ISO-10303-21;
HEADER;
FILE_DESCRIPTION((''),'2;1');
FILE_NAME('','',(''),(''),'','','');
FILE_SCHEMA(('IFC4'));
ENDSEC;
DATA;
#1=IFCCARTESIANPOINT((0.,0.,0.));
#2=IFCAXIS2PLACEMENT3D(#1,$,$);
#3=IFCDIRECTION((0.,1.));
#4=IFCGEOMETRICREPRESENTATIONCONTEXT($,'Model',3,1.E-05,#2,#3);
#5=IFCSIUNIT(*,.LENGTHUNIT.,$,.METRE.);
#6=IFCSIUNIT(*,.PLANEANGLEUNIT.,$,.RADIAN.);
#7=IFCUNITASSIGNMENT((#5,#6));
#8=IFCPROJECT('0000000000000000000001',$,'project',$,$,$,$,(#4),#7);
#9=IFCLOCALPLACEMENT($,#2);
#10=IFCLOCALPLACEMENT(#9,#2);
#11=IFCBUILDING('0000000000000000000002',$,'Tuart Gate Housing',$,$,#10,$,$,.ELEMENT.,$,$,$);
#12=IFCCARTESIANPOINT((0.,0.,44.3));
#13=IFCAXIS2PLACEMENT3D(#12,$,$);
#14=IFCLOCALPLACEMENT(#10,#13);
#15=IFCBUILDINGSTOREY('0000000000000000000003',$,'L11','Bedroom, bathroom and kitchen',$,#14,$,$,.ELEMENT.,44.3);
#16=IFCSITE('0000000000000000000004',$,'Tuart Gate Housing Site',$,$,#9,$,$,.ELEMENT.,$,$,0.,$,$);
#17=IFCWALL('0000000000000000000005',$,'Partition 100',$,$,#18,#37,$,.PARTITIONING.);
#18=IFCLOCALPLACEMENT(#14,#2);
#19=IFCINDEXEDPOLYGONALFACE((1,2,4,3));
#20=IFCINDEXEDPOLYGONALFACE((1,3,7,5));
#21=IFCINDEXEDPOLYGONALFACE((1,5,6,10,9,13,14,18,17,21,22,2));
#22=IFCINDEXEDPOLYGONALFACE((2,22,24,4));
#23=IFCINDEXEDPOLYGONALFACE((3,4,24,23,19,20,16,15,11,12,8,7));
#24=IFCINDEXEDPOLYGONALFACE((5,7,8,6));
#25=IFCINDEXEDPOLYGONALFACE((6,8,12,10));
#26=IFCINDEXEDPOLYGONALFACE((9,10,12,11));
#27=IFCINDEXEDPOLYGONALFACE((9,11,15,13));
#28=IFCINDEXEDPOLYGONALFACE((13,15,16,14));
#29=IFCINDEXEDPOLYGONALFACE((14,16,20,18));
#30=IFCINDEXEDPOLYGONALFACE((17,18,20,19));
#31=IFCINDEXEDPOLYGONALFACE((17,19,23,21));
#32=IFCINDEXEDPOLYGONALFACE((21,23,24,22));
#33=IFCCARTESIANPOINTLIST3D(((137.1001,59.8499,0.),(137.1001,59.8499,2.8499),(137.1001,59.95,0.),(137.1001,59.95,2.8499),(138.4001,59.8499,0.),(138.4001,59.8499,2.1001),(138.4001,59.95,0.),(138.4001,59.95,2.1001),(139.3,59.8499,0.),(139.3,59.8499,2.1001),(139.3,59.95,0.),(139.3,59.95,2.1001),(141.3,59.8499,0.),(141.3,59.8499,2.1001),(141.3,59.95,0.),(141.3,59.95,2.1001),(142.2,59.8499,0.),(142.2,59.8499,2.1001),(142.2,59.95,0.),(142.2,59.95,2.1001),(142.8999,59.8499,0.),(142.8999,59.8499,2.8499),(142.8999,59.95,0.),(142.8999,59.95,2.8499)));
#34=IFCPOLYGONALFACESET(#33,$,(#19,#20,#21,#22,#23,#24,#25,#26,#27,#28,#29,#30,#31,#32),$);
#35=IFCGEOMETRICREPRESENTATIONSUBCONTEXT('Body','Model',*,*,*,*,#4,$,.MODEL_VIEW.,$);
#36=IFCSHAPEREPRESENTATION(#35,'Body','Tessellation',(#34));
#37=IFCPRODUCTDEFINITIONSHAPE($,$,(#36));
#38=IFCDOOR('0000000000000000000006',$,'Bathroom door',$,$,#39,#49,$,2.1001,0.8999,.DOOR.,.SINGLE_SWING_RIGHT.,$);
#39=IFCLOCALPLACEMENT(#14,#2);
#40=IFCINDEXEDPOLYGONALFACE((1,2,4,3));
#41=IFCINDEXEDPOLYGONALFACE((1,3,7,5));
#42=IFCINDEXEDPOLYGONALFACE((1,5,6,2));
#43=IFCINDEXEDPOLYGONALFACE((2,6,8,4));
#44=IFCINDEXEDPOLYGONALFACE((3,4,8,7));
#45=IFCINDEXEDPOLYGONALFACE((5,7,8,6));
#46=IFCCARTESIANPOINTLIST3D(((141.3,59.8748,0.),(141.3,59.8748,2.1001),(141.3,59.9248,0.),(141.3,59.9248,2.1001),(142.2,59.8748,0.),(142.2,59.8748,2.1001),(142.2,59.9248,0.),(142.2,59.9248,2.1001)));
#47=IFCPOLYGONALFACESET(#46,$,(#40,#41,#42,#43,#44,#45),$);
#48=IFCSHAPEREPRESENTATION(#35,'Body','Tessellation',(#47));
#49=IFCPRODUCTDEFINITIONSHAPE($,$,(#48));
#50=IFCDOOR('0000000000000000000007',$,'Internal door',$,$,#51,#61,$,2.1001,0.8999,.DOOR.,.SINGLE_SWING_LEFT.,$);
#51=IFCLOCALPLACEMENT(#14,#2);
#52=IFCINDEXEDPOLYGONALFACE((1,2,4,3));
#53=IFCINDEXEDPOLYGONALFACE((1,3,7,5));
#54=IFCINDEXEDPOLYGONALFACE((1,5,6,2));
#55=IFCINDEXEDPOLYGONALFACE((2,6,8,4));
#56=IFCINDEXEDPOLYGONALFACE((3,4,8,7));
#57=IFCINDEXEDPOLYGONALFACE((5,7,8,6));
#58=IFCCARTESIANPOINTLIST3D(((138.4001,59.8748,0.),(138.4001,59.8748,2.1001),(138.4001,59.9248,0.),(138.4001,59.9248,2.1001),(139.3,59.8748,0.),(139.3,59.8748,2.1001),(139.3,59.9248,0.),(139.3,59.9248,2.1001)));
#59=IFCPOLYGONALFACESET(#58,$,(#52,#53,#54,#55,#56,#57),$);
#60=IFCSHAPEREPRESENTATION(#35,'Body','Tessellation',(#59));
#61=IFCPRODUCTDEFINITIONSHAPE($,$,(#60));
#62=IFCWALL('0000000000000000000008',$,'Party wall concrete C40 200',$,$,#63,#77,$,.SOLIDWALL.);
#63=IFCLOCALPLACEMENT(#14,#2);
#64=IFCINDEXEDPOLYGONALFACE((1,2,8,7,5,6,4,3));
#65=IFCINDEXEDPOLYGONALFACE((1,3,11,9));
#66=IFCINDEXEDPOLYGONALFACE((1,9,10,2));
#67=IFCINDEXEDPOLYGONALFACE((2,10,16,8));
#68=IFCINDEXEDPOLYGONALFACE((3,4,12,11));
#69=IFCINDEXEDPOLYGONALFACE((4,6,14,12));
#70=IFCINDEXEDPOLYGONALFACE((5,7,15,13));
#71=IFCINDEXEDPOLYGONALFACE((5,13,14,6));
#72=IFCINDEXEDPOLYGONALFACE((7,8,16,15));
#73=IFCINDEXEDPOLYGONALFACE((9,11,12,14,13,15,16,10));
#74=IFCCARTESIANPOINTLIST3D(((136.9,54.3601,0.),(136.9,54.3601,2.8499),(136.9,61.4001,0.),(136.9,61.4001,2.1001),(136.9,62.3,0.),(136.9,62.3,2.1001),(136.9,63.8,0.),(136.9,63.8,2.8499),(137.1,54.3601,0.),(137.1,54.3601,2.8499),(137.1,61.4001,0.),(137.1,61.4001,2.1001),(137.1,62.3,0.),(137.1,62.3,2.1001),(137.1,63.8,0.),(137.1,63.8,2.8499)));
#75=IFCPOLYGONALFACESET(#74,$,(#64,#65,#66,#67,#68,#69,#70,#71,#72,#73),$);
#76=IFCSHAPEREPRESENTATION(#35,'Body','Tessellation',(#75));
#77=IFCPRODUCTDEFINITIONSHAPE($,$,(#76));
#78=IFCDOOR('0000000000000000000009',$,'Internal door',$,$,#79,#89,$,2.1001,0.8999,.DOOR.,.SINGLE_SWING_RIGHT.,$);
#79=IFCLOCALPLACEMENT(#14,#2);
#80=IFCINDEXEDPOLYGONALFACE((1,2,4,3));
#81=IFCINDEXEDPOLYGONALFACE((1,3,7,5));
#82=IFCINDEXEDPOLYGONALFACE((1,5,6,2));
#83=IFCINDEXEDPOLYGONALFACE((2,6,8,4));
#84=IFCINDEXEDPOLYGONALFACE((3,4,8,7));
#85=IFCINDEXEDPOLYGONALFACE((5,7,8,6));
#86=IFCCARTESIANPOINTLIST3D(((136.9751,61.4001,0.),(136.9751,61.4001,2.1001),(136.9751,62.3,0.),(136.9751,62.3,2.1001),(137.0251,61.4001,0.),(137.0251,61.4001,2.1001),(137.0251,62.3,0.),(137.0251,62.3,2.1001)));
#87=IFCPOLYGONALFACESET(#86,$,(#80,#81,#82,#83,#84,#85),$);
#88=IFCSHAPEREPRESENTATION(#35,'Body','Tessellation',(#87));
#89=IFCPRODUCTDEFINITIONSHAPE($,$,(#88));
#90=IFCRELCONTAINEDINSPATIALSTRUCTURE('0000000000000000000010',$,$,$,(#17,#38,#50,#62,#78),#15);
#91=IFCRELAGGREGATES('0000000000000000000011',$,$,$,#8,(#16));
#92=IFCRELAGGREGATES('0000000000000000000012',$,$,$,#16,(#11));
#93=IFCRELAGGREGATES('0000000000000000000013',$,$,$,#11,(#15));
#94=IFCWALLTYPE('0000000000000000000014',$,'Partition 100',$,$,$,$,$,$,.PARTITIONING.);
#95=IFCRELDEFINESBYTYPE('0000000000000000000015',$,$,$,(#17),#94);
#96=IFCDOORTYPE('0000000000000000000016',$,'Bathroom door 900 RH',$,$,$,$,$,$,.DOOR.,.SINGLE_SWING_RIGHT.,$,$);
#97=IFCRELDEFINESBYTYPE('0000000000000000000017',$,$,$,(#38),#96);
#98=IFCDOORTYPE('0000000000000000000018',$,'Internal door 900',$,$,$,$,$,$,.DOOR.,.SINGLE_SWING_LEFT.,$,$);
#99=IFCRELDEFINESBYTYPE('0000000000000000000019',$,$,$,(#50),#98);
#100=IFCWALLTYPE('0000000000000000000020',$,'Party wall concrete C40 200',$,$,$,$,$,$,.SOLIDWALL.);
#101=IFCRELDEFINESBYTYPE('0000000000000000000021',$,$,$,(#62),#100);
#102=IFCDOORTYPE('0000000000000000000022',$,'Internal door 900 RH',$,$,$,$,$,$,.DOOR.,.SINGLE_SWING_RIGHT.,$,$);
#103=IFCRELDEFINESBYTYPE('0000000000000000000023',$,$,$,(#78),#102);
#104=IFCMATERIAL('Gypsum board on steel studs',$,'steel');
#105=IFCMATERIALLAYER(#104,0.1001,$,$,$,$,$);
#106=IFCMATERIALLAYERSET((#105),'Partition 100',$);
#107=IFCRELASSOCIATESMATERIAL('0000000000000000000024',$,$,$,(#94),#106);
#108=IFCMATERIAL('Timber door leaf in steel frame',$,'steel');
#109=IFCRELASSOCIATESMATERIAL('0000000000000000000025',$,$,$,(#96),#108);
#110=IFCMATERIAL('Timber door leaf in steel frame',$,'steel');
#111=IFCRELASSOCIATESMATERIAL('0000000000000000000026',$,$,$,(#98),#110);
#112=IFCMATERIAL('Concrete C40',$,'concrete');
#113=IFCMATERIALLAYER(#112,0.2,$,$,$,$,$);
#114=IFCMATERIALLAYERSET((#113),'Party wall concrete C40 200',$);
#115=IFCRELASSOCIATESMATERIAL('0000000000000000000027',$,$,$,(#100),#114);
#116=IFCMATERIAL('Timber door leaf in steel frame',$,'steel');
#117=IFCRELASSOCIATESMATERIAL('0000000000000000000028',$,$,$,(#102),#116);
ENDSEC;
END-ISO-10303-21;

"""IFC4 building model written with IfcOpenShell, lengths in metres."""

from ifc_helpers import new_model, si_unit, direction, frame, frame_2d, origin, place, context, subcontext, project, spatial, rectangle, extrude, material, layer, layer_set, type_object, element, fill, save


model = new_model("IFC4")

# Units and contexts
model_context = context("Model", 3, precision=1e-05, world=origin(), true_north=direction((0.0, 1.0)))
body_context = subcontext(model_context, "Body", "Model", "MODEL_VIEW")
ifc_project = project(units=[si_unit("LENGTHUNIT", "METRE"), si_unit("PLANEANGLEUNIT", "RADIAN")], contexts=[model_context])

# Site, building, storey
site_placement = place(None, origin())
site = spatial("IfcSite", under=ifc_project, at=site_placement, Name="Tuart Gate Housing Site", CompositionType="ELEMENT", RefElevation=0.0)
building_placement = place(site_placement, origin())
building = spatial("IfcBuilding", under=site, at=building_placement, Name="Tuart Gate Housing", CompositionType="ELEMENT")
storey_placement = place(building_placement, frame((0.0, 0.0, 44.3)))
storey = spatial("IfcBuildingStorey", under=building, at=storey_placement, Name="L11", Description="Bedroom, bathroom and kitchen", CompositionType="ELEMENT", Elevation=44.3)

# Wall, openings, doors
ifc_material_1 = material(Name="Gypsum board on steel studs", Category="steel")
ifc_layer_1 = layer(ifc_material_1, 0.1001)
ifc_layer_set_1 = layer_set([ifc_layer_1], Name="Partition 100")
wall_type_1 = type_object("IfcWallType", Name="Partition 100", PredefinedType="PARTITIONING", material=ifc_layer_set_1)
wall_1_placement = place(storey_placement, frame((137.1001, 59.8999, 0.0), z_axis=(0.0, 0.0, 1.0), x_axis=(1.0, 0.0, 0.0)))
wall_1 = element("IfcWall", 1, at=wall_1_placement, inside=storey, type_object=wall_type_1, Name="Partition 100", PredefinedType="PARTITIONING", context=body_context, shape_type="SweptSolid", body=[
    extrude(rectangle(XDim=5.7998, YDim=0.1001, at=frame_2d((2.8999, 0.0))), origin(), (0.0, 0.0, 1.0), 2.8499),
])
opening_1_placement = place(wall_1_placement, frame((1.3, 0.0, 0.0)))
opening_1 = element("IfcOpeningElement", 2, at=opening_1_placement, cuts=wall_1, PredefinedType="OPENING", context=body_context, shape_type="SweptSolid", body=[
    extrude(rectangle(XDim=0.8999, YDim=2.1001, at=frame_2d((0.45, 1.05))), frame((0.0, 0.0601, 0.0), z_axis=(0.0, -1.0, 0.0), x_axis=(1.0, 0.0, 0.0)), (0.0, 0.0, 1.0), 0.1201),
])
opening_2_placement = place(wall_1_placement, frame((4.2, 0.0, 0.0)))
opening_2 = element("IfcOpeningElement", 3, at=opening_2_placement, cuts=wall_1, PredefinedType="OPENING", context=body_context, shape_type="SweptSolid", body=[
    extrude(rectangle(XDim=0.8999, YDim=2.1001, at=frame_2d((0.45, 1.05))), frame((0.0, 0.0601, 0.0), z_axis=(0.0, -1.0, 0.0), x_axis=(1.0, 0.0, 0.0)), (0.0, 0.0, 1.0), 0.1201),
])
ifc_material_2 = material(Name="Timber door leaf in steel frame", Category="steel")
door_type_1 = type_object("IfcDoorType", Name="Bathroom door 900 RH", OperationType="SINGLE_SWING_RIGHT", PredefinedType="DOOR", material=ifc_material_2)
door_1_placement = place(opening_2_placement, frame((0.8999, 0.0, 0.0), z_axis=(0.0, 0.0, 1.0), x_axis=(-1.0, 0.0, 0.0)))
door_1 = element("IfcDoor", 4, at=door_1_placement, inside=storey, type_object=door_type_1, Name="Bathroom door", OperationType="SINGLE_SWING_RIGHT", OverallHeight=2.1001, OverallWidth=0.8999, PredefinedType="DOOR", context=body_context, shape_type="SweptSolid", body=[
    extrude(rectangle(XDim=0.8999, YDim=2.1001, at=frame_2d((0.45, 1.05))), frame((0.0, 0.0251, 0.0), z_axis=(0.0, -1.0, 0.0), x_axis=(1.0, 0.0, 0.0)), (0.0, 0.0, 1.0), 0.05),
])
fill(opening_2, door_1)
ifc_material_3 = material(Name="Timber door leaf in steel frame", Category="steel")
door_type_2 = type_object("IfcDoorType", Name="Internal door 900", OperationType="SINGLE_SWING_LEFT", PredefinedType="DOOR", material=ifc_material_3)
door_2_placement = place(opening_1_placement, frame((0.8999, 0.0, 0.0), z_axis=(0.0, 0.0, 1.0), x_axis=(-1.0, 0.0, 0.0)))
door_2 = element("IfcDoor", 5, at=door_2_placement, inside=storey, type_object=door_type_2, Name="Internal door", OperationType="SINGLE_SWING_LEFT", OverallHeight=2.1001, OverallWidth=0.8999, PredefinedType="DOOR", context=body_context, shape_type="SweptSolid", body=[
    extrude(rectangle(XDim=0.8999, YDim=2.1001, at=frame_2d((0.45, 1.05))), frame((0.0, 0.0251, 0.0), z_axis=(0.0, -1.0, 0.0), x_axis=(1.0, 0.0, 0.0)), (0.0, 0.0, 1.0), 0.05),
])
fill(opening_1, door_2)

# Wall, opening, door
ifc_material_4 = material(Name="Concrete C40", Category="concrete")
ifc_layer_2 = layer(ifc_material_4, 0.2)
ifc_layer_set_2 = layer_set([ifc_layer_2], Name="Party wall concrete C40 200")
wall_type_2 = type_object("IfcWallType", Name="Party wall concrete C40 200", PredefinedType="SOLIDWALL", material=ifc_layer_set_2)
wall_2_placement = place(storey_placement, frame((137.0, 54.3601, 0.0), z_axis=(0.0, 0.0, 1.0), x_axis=(0.0, 1.0, 0.0)))
wall_2 = element("IfcWall", 6, at=wall_2_placement, inside=storey, type_object=wall_type_2, Name="Party wall concrete C40 200", PredefinedType="SOLIDWALL", context=body_context, shape_type="SweptSolid", body=[
    extrude(rectangle(XDim=9.4399, YDim=0.2, at=frame_2d((4.72, 0.0))), origin(), (0.0, 0.0, 1.0), 2.8499),
])
opening_3_placement = place(wall_2_placement, frame((7.04, 0.0, 0.0)))
opening_3 = element("IfcOpeningElement", 7, at=opening_3_placement, cuts=wall_2, PredefinedType="OPENING", context=body_context, shape_type="SweptSolid", body=[
    extrude(rectangle(XDim=0.8999, YDim=2.1001, at=frame_2d((0.45, 1.05))), frame((0.0, 0.1099, 0.0), z_axis=(0.0, -1.0, 0.0), x_axis=(1.0, 0.0, 0.0)), (0.0, 0.0, 1.0), 0.22),
])
ifc_material_5 = material(Name="Timber door leaf in steel frame", Category="steel")
door_type_3 = type_object("IfcDoorType", Name="Internal door 900 RH", OperationType="SINGLE_SWING_RIGHT", PredefinedType="DOOR", material=ifc_material_5)
door_3_placement = place(opening_3_placement, frame((0.8999, 0.0, 0.0), z_axis=(0.0, 0.0, 1.0), x_axis=(-1.0, 0.0, 0.0)))
door_3 = element("IfcDoor", 8, at=door_3_placement, inside=storey, type_object=door_type_3, Name="Internal door", OperationType="SINGLE_SWING_RIGHT", OverallHeight=2.1001, OverallWidth=0.8999, PredefinedType="DOOR", context=body_context, shape_type="SweptSolid", body=[
    extrude(rectangle(XDim=0.8999, YDim=2.1001, at=frame_2d((0.45, 1.05))), frame((0.0, 0.0251, 0.0), z_axis=(0.0, -1.0, 0.0), x_axis=(1.0, 0.0, 0.0)), (0.0, 0.0, 1.0), 0.05),
])
fill(opening_3, door_3)

save(model, "model.ifc")
